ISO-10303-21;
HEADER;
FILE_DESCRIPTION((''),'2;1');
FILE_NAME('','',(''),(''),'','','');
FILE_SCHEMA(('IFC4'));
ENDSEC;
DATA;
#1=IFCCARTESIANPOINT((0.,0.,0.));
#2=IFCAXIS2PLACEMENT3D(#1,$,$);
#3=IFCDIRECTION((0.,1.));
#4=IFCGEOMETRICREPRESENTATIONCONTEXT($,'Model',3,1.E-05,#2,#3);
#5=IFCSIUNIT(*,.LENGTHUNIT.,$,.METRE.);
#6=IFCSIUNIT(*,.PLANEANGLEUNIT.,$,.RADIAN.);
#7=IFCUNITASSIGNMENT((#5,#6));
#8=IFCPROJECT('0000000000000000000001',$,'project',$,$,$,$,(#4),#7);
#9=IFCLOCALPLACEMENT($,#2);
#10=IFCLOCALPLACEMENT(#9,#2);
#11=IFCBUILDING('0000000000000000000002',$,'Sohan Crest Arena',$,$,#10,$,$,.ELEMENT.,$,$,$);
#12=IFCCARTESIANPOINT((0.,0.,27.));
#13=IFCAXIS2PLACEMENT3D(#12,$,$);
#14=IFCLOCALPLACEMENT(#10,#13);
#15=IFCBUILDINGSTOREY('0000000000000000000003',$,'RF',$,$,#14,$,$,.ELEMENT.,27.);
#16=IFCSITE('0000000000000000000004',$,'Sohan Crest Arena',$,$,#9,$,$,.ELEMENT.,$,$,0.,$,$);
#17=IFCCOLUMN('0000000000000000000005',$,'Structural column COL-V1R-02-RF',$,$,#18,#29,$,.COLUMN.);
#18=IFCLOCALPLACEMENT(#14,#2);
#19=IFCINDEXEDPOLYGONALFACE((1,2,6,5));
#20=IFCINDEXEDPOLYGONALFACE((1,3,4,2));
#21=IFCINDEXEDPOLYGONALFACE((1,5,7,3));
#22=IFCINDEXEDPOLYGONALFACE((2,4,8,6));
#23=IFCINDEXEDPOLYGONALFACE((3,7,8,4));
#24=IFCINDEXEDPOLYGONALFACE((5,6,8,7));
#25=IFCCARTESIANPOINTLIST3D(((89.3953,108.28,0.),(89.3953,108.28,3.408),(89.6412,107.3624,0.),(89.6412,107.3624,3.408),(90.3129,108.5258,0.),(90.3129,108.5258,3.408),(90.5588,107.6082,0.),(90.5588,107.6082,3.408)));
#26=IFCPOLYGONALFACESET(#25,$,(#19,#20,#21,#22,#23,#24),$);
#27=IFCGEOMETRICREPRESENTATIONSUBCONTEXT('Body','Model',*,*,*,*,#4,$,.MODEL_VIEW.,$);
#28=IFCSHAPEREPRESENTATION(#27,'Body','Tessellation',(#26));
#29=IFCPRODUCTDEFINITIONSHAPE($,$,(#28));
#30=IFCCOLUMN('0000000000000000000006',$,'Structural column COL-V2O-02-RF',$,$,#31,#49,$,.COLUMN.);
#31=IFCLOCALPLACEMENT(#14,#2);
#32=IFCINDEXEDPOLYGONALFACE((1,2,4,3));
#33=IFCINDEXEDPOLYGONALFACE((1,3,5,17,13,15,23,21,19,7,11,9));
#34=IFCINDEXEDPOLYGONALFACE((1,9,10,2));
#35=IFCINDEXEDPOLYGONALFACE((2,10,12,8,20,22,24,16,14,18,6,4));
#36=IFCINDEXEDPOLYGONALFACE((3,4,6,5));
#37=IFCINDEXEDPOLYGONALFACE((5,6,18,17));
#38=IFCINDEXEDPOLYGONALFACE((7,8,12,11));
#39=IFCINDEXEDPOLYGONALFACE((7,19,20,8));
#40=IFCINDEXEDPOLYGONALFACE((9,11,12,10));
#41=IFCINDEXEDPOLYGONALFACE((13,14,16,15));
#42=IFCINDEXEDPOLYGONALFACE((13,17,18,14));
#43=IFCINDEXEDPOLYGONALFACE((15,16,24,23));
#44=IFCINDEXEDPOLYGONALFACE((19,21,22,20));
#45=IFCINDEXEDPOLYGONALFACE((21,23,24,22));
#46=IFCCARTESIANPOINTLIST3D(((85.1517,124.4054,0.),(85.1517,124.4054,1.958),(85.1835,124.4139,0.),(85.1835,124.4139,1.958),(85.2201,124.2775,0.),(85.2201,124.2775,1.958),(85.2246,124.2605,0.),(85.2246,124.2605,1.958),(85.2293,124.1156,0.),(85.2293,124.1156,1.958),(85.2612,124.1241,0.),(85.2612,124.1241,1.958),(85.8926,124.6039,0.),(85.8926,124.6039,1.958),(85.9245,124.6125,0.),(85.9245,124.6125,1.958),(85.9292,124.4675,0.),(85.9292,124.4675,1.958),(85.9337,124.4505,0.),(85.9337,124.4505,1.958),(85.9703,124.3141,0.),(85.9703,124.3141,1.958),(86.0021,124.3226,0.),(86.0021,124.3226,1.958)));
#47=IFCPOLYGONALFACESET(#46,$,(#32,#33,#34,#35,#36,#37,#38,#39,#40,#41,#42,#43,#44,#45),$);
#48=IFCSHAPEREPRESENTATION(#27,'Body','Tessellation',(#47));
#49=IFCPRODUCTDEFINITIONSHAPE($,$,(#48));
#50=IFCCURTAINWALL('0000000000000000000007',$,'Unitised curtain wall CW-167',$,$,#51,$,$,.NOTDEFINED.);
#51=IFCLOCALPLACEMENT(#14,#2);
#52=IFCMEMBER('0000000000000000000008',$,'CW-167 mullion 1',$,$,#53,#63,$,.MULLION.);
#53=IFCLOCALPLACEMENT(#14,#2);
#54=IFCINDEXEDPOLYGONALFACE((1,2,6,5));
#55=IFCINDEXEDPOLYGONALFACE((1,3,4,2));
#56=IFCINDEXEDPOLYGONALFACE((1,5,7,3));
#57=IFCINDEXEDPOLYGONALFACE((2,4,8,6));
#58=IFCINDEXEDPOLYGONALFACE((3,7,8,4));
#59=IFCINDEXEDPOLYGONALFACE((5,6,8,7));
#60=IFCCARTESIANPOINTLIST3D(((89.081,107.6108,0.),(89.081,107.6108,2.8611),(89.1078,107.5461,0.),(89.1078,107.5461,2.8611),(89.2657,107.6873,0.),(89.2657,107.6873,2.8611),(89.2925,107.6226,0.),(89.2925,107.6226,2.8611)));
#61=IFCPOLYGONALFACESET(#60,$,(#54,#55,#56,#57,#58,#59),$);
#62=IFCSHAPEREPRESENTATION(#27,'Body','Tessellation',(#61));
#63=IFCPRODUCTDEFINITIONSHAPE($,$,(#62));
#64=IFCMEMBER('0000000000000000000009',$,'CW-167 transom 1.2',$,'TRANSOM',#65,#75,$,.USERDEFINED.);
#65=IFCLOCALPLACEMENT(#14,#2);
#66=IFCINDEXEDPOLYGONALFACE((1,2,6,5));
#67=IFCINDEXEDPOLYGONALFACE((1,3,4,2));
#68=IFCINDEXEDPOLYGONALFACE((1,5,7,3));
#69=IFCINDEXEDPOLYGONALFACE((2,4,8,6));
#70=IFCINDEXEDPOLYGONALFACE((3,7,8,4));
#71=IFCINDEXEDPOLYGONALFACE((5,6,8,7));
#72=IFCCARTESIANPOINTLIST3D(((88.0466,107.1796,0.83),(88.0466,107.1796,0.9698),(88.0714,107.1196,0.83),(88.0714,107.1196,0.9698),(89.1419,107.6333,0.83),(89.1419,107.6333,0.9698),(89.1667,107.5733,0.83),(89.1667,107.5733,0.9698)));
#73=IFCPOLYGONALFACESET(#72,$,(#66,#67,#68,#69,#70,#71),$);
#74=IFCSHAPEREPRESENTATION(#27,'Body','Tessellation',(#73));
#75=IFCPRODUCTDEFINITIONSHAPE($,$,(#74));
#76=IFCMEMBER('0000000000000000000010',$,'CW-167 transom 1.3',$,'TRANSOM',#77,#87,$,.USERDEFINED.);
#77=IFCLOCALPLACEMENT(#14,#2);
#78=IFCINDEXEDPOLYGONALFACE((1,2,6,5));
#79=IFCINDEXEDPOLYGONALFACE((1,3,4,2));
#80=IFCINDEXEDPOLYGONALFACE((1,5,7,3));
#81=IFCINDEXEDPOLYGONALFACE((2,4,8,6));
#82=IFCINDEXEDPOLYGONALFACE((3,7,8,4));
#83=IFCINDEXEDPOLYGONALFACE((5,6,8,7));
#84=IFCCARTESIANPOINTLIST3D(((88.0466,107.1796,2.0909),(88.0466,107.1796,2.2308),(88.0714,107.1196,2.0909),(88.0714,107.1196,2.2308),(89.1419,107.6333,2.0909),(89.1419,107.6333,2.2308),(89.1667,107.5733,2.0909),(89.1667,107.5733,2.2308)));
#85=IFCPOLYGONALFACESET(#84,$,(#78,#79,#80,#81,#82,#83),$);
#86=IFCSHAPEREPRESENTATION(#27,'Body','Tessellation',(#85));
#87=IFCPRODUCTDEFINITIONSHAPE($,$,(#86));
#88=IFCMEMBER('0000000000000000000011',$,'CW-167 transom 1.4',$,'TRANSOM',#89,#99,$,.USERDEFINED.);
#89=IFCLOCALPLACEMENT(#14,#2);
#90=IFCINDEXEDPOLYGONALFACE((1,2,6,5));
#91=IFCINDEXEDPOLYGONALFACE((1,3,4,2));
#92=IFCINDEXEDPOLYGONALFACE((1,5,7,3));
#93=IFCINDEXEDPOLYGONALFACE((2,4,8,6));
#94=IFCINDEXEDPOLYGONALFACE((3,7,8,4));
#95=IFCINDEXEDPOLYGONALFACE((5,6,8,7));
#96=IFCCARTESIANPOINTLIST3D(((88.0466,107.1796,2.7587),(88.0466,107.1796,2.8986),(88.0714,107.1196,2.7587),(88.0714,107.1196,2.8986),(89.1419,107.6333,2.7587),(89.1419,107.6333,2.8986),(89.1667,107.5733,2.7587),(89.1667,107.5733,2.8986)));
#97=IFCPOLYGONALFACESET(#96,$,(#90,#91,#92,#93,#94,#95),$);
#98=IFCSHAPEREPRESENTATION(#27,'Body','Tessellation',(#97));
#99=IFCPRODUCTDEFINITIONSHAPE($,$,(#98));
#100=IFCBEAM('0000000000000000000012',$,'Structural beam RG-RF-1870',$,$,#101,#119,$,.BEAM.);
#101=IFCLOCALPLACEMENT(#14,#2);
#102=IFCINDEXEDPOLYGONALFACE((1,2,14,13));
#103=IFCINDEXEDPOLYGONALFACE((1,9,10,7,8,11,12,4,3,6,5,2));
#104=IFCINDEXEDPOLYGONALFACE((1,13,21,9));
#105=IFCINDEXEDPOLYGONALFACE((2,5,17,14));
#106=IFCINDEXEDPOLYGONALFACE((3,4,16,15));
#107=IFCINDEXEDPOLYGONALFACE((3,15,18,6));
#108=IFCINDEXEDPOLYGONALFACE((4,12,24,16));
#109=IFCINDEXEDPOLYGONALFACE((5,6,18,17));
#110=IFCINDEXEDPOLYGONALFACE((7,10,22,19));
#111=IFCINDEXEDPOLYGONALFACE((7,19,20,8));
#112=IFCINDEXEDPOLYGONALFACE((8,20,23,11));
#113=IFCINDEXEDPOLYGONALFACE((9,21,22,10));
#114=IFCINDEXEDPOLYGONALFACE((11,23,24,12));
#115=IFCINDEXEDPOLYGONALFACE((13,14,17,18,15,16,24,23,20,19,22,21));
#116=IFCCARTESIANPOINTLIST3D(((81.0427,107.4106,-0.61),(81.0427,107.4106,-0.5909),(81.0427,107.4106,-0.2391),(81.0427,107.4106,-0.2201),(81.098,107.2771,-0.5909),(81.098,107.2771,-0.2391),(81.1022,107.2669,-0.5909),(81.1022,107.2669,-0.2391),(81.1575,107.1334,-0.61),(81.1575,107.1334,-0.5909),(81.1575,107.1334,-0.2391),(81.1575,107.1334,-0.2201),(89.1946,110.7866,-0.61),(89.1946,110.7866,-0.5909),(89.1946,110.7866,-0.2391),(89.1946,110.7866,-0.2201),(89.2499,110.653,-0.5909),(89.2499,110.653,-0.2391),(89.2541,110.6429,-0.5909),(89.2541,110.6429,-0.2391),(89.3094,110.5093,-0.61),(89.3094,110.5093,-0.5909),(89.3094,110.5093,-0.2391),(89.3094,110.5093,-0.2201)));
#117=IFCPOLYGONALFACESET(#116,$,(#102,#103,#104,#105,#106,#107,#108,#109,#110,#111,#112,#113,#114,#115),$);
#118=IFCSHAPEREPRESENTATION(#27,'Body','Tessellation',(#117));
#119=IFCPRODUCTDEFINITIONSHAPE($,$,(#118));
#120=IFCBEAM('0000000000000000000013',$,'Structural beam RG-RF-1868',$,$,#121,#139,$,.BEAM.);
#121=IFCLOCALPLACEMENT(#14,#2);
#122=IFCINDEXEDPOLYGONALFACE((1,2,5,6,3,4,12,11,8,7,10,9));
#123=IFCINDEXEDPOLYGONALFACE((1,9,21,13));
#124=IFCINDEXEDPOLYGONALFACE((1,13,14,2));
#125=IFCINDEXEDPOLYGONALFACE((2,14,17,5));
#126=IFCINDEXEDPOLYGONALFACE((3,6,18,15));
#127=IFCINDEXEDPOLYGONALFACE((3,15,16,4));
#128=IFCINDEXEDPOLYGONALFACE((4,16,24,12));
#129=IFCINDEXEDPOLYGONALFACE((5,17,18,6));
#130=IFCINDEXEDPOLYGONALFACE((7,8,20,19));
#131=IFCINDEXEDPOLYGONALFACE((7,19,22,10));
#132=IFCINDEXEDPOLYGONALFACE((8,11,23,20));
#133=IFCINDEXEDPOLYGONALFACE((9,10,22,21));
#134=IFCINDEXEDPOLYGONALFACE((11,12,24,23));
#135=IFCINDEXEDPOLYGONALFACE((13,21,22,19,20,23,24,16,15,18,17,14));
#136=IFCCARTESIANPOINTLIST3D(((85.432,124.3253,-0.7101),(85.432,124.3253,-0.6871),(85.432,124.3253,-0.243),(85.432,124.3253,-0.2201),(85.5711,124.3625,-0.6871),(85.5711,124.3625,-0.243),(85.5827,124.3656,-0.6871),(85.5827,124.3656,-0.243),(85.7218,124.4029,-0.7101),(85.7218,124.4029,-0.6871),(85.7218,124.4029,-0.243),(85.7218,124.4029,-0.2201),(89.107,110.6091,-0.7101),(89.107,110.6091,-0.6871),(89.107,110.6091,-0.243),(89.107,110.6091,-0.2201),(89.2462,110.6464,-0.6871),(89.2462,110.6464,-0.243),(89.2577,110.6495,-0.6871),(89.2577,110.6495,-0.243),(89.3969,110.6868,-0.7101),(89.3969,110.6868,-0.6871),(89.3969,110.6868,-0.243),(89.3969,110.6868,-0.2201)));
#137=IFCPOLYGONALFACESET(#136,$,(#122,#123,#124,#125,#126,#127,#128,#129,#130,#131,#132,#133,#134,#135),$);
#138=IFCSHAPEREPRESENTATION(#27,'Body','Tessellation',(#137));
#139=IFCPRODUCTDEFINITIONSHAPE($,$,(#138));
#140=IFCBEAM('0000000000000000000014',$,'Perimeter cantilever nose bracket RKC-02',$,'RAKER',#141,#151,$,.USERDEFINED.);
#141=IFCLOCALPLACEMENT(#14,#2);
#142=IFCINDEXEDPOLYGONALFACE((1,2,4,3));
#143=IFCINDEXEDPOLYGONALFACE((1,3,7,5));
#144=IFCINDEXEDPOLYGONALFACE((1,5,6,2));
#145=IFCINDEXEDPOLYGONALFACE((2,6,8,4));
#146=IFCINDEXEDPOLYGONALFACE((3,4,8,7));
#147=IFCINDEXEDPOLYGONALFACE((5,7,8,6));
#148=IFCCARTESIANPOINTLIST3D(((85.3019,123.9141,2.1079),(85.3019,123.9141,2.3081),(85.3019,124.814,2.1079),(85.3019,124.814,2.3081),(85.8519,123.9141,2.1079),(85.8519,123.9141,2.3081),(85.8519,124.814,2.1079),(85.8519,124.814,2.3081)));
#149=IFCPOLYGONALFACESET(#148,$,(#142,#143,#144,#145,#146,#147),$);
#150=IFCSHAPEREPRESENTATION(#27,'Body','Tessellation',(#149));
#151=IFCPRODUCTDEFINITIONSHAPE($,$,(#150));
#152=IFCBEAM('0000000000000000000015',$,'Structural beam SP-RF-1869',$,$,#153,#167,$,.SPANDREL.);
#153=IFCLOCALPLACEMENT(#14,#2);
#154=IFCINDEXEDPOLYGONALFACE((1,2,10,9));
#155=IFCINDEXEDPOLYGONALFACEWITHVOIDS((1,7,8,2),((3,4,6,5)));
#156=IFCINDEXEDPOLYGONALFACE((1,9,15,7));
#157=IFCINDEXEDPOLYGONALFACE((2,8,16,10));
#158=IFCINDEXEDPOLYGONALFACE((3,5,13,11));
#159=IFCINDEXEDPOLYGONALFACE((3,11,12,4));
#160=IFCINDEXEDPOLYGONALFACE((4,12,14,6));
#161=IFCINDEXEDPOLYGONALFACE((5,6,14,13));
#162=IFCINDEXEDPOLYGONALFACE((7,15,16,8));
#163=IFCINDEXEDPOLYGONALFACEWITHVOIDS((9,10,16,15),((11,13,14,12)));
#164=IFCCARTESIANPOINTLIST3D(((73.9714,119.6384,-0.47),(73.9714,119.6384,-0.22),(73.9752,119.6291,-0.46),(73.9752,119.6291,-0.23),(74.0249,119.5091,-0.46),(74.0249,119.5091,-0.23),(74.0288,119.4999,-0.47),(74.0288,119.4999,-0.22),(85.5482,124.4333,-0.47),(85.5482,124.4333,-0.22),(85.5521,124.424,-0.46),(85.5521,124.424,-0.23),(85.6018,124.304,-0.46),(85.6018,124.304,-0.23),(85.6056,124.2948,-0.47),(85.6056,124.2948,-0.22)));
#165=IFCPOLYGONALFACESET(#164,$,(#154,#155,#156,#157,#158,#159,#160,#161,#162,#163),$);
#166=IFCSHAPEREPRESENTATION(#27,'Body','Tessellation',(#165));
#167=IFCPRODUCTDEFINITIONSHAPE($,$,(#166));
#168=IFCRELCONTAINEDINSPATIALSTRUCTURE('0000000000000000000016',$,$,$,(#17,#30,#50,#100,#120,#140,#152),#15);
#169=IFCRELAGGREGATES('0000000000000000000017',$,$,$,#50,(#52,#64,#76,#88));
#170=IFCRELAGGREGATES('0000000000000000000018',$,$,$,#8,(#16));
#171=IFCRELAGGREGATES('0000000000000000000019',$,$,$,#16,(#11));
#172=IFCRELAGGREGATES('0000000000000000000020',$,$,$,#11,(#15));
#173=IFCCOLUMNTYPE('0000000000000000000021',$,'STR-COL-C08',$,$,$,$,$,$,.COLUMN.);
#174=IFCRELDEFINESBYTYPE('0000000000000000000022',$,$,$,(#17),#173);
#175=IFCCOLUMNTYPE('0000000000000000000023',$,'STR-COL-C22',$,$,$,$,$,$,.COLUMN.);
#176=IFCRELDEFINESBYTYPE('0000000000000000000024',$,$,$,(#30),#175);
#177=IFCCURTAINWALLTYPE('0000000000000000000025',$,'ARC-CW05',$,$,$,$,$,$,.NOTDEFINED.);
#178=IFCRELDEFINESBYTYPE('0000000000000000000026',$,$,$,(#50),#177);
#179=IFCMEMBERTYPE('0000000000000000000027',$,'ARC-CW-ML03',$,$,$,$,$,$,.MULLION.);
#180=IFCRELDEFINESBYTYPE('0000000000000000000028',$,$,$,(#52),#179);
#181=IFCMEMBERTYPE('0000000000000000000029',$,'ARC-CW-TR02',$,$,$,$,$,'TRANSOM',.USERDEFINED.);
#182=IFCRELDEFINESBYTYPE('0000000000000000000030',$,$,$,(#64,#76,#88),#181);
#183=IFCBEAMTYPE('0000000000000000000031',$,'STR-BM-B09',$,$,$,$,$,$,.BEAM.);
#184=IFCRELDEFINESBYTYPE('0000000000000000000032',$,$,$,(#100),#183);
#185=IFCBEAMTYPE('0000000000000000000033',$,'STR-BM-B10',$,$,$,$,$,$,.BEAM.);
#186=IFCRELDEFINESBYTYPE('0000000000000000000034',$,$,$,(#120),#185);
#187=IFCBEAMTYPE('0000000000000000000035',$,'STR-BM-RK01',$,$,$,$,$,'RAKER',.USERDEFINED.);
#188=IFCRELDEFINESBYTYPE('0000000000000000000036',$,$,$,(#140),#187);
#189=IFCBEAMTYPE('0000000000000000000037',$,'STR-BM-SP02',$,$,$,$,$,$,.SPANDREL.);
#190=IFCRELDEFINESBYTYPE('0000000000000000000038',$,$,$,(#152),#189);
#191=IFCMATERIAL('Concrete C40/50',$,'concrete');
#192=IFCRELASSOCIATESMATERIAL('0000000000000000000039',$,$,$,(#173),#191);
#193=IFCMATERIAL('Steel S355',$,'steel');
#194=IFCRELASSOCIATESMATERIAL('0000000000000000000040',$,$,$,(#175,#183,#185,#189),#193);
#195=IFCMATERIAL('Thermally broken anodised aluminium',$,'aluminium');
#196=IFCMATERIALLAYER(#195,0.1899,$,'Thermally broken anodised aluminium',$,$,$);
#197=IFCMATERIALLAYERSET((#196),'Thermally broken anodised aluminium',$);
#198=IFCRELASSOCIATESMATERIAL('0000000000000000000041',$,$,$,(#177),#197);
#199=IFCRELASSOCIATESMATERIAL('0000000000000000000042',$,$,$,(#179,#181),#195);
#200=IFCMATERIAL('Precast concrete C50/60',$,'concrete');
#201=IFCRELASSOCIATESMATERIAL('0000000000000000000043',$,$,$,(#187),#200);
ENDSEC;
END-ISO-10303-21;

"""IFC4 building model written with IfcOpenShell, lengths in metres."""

from ifc_helpers import new_model, si_unit, direction, frame, origin, origin_2d, place, context, subcontext, project, spatial, rectangle, hollow_rectangle, i_section, extrude, material, layer, layer_set, material_profile, profile_set, type_object, element, aggregate, save


model = new_model("IFC4")

# Units and contexts
model_context = context("Model", 3, precision=1e-05, world=origin(), true_north=direction((0.0, 1.0)))
body_context = subcontext(model_context, "Body", "Model", "MODEL_VIEW")
ifc_project = project(units=[si_unit("LENGTHUNIT", "METRE"), si_unit("PLANEANGLEUNIT", "RADIAN")], contexts=[model_context])

# Site, building, storey
site_placement = place(None, origin())
site = spatial("IfcSite", under=ifc_project, at=site_placement, Name="Sohan Crest Arena", CompositionType="ELEMENT", RefElevation=0.0)
building_placement = place(site_placement, origin())
building = spatial("IfcBuilding", under=site, at=building_placement, Name="Sohan Crest Arena", CompositionType="ELEMENT")
storey_placement = place(building_placement, frame((0.0, 0.0, 27.0)))
storey = spatial("IfcBuildingStorey", under=building, at=storey_placement, Name="RF", CompositionType="ELEMENT", Elevation=27.0)

# Columns
ifc_material_1 = material(Name="Concrete C40/50", Category="concrete")
ifc_material_profile_1 = material_profile(ifc_material_1, rectangle(XDim=0.95, YDim=0.95, at=origin_2d()), Name="RC 950x950")
ifc_profile_set_1 = profile_set([ifc_material_profile_1], Name="Concrete C40/50")
column_type_1 = type_object("IfcColumnType", Name="STR-COL-C08", PredefinedType="COLUMN", material=ifc_profile_set_1)
column_1_placement = place(storey_placement, frame((89.9771, 107.9441, 0.0), z_axis=(0.0, 0.0, 1.0), x_axis=(-0.258819, 0.965926, 0.0)))
element("IfcColumn", 1, at=column_1_placement, inside=storey, type_object=column_type_1, Name="Structural column COL-V1R-02-RF", PredefinedType="COLUMN", context=body_context, shape_type="SweptSolid", body=[
    extrude(rectangle(XDim=0.95, YDim=0.95, at=origin_2d()), origin(), (0.0, 0.0, 1.0), 3.408),
])
ifc_material_2 = material(Name="Steel S355", Category="steel")
ifc_material_profile_2 = material_profile(ifc_material_2, i_section(OverallWidth=0.3, OverallDepth=0.8, WebThickness=0.0176, FlangeThickness=0.033, at=origin_2d()), Name="HEB 800")
ifc_profile_set_2 = profile_set([ifc_material_profile_2], Name="Steel S355")
column_type_2 = type_object("IfcColumnType", Name="STR-COL-C22", PredefinedType="COLUMN", material=ifc_profile_set_2)
column_2_placement = place(storey_placement, frame((85.5769, 124.364, 0.0), z_axis=(0.0, 0.0, 1.0), x_axis=(-0.258819, 0.965926, 0.0)))
element("IfcColumn", 2, at=column_2_placement, inside=storey, type_object=column_type_2, Name="Structural column COL-V2O-02-RF", PredefinedType="COLUMN", context=body_context, shape_type="SweptSolid", body=[
    extrude(i_section(OverallWidth=0.3, OverallDepth=0.8, WebThickness=0.0176, FlangeThickness=0.033, at=origin_2d()), origin(), (0.0, 0.0, 1.0), 1.958),
])

# Curtain wall, members
ifc_material_3 = material(Name="Thermally broken anodised aluminium", Category="aluminium")
ifc_layer_1 = layer(ifc_material_3, 0.1899, Name="Thermally broken anodised aluminium")
ifc_layer_set_1 = layer_set([ifc_layer_1], Name="Thermally broken anodised aluminium")
curtain_wall_type = type_object("IfcCurtainWallType", Name="ARC-CW05", PredefinedType="NOTDEFINED", material=ifc_layer_set_1)
curtain_wall_placement = place(storey_placement, origin())
curtain_wall = element("IfcCurtainWall", 3, at=curtain_wall_placement, inside=storey, type_object=curtain_wall_type, Name="Unitised curtain wall CW-167", PredefinedType="NOTDEFINED")
ifc_material_profile_3 = material_profile(ifc_material_3, rectangle(XDim=0.0701, YDim=0.2, at=origin_2d()), Name="ALU-MULL 70x200")
ifc_profile_set_3 = profile_set([ifc_material_profile_3], Name="Thermally broken anodised aluminium")
member_type_1 = type_object("IfcMemberType", Name="ARC-CW-ML03", PredefinedType="MULLION", material=ifc_profile_set_3)
member_1_placement = place(storey_placement, frame((89.1868, 107.6167, 0.0), z_axis=(0.0, 0.0, 1.0), x_axis=(0.382667, -0.923886, 0.0)))
member_1 = element("IfcMember", 4, at=member_1_placement, type_object=member_type_1, Name="CW-167 mullion 1", PredefinedType="MULLION", context=body_context, shape_type="SweptSolid", body=[
    extrude(rectangle(XDim=0.0701, YDim=0.2, at=origin_2d()), origin(), (0.0, 0.0, 1.0), 2.8611),
])
ifc_material_profile_4 = material_profile(ifc_material_3, rectangle(XDim=0.0649, YDim=0.1399, at=origin_2d()), Name="ALU-TRAN 65x140")
ifc_profile_set_4 = profile_set([ifc_material_profile_4], Name="Thermally broken anodised aluminium")
member_type_2 = type_object("IfcMemberType", Name="ARC-CW-TR02", ElementType="TRANSOM", PredefinedType="USERDEFINED", material=ifc_profile_set_4)
member_2_placement = place(storey_placement, frame((89.1543, 107.6033, 0.8999), z_axis=(-0.923891, -0.382655, 0.0), x_axis=(0.382655, -0.923891, 0.0)))
member_2 = element("IfcMember", 5, at=member_2_placement, type_object=member_type_2, Name="CW-167 transom 1.2", ObjectType="TRANSOM", PredefinedType="USERDEFINED", context=body_context, shape_type="SweptSolid", body=[
    extrude(rectangle(XDim=0.0649, YDim=0.1399, at=origin_2d()), origin(), (0.0, 0.0, 1.0), 1.1855),
])
member_3_placement = place(storey_placement, frame((89.1543, 107.6033, 2.1609), z_axis=(-0.923891, -0.382655, 0.0), x_axis=(0.382655, -0.923891, 0.0)))
member_3 = element("IfcMember", 6, at=member_3_placement, type_object=member_type_2, Name="CW-167 transom 1.3", ObjectType="TRANSOM", PredefinedType="USERDEFINED", context=body_context, shape_type="SweptSolid", body=[
    extrude(rectangle(XDim=0.0649, YDim=0.1399, at=origin_2d()), origin(), (0.0, 0.0, 1.0), 1.1855),
])
member_4_placement = place(storey_placement, frame((89.1543, 107.6033, 2.8286), z_axis=(-0.923891, -0.382655, 0.0), x_axis=(0.382655, -0.923891, 0.0)))
member_4 = element("IfcMember", 7, at=member_4_placement, type_object=member_type_2, Name="CW-167 transom 1.4", ObjectType="TRANSOM", PredefinedType="USERDEFINED", context=body_context, shape_type="SweptSolid", body=[
    extrude(rectangle(XDim=0.0649, YDim=0.1399, at=origin_2d()), origin(), (0.0, 0.0, 1.0), 1.1855),
])
aggregate(curtain_wall, [member_1, member_2, member_3, member_4])

# Beams
ifc_material_profile_5 = material_profile(ifc_material_2, i_section(OverallWidth=0.3, OverallDepth=0.3899, WebThickness=0.011, FlangeThickness=0.019, at=origin_2d()), Name="HEA 400")
ifc_profile_set_5 = profile_set([ifc_material_profile_5], Name="Steel S355")
beam_type_1 = type_object("IfcBeamType", Name="STR-BM-B09", PredefinedType="BEAM", material=ifc_profile_set_5)
beam_1_placement = place(storey_placement, frame((89.252, 110.6479, -0.415), z_axis=(-0.923905, -0.382622, 0.0), x_axis=(0.382622, -0.923905, 0.0)))
element("IfcBeam", 8, at=beam_1_placement, inside=storey, type_object=beam_type_1, Name="Structural beam RG-RF-1870", PredefinedType="BEAM", context=body_context, shape_type="SweptSolid", body=[
    extrude(i_section(OverallWidth=0.3, OverallDepth=0.3899, WebThickness=0.011, FlangeThickness=0.019, at=origin_2d()), origin(), (0.0, 0.0, 1.0), 8.8232),
])
ifc_material_profile_6 = material_profile(ifc_material_2, i_section(OverallWidth=0.3, OverallDepth=0.49, WebThickness=0.012, FlangeThickness=0.0229, at=origin_2d()), Name="HEA 500")
ifc_profile_set_6 = profile_set([ifc_material_profile_6], Name="Steel S355")
beam_type_2 = type_object("IfcBeamType", Name="STR-BM-B10", PredefinedType="BEAM", material=ifc_profile_set_6)
beam_2_placement = place(storey_placement, frame((89.252, 110.6479, -0.4651), z_axis=(-0.258809, 0.965929, 0.0), x_axis=(-0.965929, -0.258809, 0.0)))
element("IfcBeam", 9, at=beam_2_placement, inside=storey, type_object=beam_type_2, Name="Structural beam RG-RF-1868", PredefinedType="BEAM", context=body_context, shape_type="SweptSolid", body=[
    extrude(i_section(OverallWidth=0.3, OverallDepth=0.49, WebThickness=0.012, FlangeThickness=0.0229, at=origin_2d()), origin(), (0.0, 0.0, 1.0), 14.2),
])
ifc_material_4 = material(Name="Precast concrete C50/60", Category="concrete")
ifc_material_profile_7 = material_profile(ifc_material_4, rectangle(XDim=0.55, YDim=0.8999, at=origin_2d()), Name="RAKER 550x900")
ifc_profile_set_7 = profile_set([ifc_material_profile_7], Name="Precast concrete C50/60")
beam_type_3 = type_object("IfcBeamType", Name="STR-BM-RK01", ElementType="RAKER", PredefinedType="USERDEFINED", material=ifc_profile_set_7)
beam_3_placement = place(storey_placement, frame((85.5769, 124.364, 2.3081), z_axis=(0.0, 0.0, -1.0), x_axis=(1.0, 0.0, 0.0)))
element("IfcBeam", 10, at=beam_3_placement, inside=storey, type_object=beam_type_3, Name="Perimeter cantilever nose bracket RKC-02", ObjectType="RAKER", PredefinedType="USERDEFINED", context=body_context, shape_type="SweptSolid", body=[
    extrude(rectangle(XDim=0.55, YDim=0.8999, at=origin_2d()), origin(), (0.0, 0.0, 1.0), 0.2002),
])
ifc_material_profile_8 = material_profile(ifc_material_2, hollow_rectangle(XDim=0.1499, YDim=0.25, WallThickness=0.01, at=origin_2d()), Name="RHS 250x150x10")
ifc_profile_set_8 = profile_set([ifc_material_profile_8], Name="Steel S355")
beam_type_4 = type_object("IfcBeamType", Name="STR-BM-SP02", PredefinedType="SPANDREL", material=ifc_profile_set_8)
beam_4_placement = place(storey_placement, frame((85.5769, 124.364, -0.345), z_axis=(-0.923891, -0.382657, 0.0), x_axis=(0.382657, -0.923891, 0.0)))
element("IfcBeam", 11, at=beam_4_placement, inside=storey, type_object=beam_type_4, Name="Structural beam SP-RF-1869", PredefinedType="SPANDREL", context=body_context, shape_type="SweptSolid", body=[
    extrude(hollow_rectangle(XDim=0.1499, YDim=0.25, WallThickness=0.01, at=origin_2d()), origin(), (0.0, 0.0, 1.0), 12.5305),
])

save(model, "model.ifc")
